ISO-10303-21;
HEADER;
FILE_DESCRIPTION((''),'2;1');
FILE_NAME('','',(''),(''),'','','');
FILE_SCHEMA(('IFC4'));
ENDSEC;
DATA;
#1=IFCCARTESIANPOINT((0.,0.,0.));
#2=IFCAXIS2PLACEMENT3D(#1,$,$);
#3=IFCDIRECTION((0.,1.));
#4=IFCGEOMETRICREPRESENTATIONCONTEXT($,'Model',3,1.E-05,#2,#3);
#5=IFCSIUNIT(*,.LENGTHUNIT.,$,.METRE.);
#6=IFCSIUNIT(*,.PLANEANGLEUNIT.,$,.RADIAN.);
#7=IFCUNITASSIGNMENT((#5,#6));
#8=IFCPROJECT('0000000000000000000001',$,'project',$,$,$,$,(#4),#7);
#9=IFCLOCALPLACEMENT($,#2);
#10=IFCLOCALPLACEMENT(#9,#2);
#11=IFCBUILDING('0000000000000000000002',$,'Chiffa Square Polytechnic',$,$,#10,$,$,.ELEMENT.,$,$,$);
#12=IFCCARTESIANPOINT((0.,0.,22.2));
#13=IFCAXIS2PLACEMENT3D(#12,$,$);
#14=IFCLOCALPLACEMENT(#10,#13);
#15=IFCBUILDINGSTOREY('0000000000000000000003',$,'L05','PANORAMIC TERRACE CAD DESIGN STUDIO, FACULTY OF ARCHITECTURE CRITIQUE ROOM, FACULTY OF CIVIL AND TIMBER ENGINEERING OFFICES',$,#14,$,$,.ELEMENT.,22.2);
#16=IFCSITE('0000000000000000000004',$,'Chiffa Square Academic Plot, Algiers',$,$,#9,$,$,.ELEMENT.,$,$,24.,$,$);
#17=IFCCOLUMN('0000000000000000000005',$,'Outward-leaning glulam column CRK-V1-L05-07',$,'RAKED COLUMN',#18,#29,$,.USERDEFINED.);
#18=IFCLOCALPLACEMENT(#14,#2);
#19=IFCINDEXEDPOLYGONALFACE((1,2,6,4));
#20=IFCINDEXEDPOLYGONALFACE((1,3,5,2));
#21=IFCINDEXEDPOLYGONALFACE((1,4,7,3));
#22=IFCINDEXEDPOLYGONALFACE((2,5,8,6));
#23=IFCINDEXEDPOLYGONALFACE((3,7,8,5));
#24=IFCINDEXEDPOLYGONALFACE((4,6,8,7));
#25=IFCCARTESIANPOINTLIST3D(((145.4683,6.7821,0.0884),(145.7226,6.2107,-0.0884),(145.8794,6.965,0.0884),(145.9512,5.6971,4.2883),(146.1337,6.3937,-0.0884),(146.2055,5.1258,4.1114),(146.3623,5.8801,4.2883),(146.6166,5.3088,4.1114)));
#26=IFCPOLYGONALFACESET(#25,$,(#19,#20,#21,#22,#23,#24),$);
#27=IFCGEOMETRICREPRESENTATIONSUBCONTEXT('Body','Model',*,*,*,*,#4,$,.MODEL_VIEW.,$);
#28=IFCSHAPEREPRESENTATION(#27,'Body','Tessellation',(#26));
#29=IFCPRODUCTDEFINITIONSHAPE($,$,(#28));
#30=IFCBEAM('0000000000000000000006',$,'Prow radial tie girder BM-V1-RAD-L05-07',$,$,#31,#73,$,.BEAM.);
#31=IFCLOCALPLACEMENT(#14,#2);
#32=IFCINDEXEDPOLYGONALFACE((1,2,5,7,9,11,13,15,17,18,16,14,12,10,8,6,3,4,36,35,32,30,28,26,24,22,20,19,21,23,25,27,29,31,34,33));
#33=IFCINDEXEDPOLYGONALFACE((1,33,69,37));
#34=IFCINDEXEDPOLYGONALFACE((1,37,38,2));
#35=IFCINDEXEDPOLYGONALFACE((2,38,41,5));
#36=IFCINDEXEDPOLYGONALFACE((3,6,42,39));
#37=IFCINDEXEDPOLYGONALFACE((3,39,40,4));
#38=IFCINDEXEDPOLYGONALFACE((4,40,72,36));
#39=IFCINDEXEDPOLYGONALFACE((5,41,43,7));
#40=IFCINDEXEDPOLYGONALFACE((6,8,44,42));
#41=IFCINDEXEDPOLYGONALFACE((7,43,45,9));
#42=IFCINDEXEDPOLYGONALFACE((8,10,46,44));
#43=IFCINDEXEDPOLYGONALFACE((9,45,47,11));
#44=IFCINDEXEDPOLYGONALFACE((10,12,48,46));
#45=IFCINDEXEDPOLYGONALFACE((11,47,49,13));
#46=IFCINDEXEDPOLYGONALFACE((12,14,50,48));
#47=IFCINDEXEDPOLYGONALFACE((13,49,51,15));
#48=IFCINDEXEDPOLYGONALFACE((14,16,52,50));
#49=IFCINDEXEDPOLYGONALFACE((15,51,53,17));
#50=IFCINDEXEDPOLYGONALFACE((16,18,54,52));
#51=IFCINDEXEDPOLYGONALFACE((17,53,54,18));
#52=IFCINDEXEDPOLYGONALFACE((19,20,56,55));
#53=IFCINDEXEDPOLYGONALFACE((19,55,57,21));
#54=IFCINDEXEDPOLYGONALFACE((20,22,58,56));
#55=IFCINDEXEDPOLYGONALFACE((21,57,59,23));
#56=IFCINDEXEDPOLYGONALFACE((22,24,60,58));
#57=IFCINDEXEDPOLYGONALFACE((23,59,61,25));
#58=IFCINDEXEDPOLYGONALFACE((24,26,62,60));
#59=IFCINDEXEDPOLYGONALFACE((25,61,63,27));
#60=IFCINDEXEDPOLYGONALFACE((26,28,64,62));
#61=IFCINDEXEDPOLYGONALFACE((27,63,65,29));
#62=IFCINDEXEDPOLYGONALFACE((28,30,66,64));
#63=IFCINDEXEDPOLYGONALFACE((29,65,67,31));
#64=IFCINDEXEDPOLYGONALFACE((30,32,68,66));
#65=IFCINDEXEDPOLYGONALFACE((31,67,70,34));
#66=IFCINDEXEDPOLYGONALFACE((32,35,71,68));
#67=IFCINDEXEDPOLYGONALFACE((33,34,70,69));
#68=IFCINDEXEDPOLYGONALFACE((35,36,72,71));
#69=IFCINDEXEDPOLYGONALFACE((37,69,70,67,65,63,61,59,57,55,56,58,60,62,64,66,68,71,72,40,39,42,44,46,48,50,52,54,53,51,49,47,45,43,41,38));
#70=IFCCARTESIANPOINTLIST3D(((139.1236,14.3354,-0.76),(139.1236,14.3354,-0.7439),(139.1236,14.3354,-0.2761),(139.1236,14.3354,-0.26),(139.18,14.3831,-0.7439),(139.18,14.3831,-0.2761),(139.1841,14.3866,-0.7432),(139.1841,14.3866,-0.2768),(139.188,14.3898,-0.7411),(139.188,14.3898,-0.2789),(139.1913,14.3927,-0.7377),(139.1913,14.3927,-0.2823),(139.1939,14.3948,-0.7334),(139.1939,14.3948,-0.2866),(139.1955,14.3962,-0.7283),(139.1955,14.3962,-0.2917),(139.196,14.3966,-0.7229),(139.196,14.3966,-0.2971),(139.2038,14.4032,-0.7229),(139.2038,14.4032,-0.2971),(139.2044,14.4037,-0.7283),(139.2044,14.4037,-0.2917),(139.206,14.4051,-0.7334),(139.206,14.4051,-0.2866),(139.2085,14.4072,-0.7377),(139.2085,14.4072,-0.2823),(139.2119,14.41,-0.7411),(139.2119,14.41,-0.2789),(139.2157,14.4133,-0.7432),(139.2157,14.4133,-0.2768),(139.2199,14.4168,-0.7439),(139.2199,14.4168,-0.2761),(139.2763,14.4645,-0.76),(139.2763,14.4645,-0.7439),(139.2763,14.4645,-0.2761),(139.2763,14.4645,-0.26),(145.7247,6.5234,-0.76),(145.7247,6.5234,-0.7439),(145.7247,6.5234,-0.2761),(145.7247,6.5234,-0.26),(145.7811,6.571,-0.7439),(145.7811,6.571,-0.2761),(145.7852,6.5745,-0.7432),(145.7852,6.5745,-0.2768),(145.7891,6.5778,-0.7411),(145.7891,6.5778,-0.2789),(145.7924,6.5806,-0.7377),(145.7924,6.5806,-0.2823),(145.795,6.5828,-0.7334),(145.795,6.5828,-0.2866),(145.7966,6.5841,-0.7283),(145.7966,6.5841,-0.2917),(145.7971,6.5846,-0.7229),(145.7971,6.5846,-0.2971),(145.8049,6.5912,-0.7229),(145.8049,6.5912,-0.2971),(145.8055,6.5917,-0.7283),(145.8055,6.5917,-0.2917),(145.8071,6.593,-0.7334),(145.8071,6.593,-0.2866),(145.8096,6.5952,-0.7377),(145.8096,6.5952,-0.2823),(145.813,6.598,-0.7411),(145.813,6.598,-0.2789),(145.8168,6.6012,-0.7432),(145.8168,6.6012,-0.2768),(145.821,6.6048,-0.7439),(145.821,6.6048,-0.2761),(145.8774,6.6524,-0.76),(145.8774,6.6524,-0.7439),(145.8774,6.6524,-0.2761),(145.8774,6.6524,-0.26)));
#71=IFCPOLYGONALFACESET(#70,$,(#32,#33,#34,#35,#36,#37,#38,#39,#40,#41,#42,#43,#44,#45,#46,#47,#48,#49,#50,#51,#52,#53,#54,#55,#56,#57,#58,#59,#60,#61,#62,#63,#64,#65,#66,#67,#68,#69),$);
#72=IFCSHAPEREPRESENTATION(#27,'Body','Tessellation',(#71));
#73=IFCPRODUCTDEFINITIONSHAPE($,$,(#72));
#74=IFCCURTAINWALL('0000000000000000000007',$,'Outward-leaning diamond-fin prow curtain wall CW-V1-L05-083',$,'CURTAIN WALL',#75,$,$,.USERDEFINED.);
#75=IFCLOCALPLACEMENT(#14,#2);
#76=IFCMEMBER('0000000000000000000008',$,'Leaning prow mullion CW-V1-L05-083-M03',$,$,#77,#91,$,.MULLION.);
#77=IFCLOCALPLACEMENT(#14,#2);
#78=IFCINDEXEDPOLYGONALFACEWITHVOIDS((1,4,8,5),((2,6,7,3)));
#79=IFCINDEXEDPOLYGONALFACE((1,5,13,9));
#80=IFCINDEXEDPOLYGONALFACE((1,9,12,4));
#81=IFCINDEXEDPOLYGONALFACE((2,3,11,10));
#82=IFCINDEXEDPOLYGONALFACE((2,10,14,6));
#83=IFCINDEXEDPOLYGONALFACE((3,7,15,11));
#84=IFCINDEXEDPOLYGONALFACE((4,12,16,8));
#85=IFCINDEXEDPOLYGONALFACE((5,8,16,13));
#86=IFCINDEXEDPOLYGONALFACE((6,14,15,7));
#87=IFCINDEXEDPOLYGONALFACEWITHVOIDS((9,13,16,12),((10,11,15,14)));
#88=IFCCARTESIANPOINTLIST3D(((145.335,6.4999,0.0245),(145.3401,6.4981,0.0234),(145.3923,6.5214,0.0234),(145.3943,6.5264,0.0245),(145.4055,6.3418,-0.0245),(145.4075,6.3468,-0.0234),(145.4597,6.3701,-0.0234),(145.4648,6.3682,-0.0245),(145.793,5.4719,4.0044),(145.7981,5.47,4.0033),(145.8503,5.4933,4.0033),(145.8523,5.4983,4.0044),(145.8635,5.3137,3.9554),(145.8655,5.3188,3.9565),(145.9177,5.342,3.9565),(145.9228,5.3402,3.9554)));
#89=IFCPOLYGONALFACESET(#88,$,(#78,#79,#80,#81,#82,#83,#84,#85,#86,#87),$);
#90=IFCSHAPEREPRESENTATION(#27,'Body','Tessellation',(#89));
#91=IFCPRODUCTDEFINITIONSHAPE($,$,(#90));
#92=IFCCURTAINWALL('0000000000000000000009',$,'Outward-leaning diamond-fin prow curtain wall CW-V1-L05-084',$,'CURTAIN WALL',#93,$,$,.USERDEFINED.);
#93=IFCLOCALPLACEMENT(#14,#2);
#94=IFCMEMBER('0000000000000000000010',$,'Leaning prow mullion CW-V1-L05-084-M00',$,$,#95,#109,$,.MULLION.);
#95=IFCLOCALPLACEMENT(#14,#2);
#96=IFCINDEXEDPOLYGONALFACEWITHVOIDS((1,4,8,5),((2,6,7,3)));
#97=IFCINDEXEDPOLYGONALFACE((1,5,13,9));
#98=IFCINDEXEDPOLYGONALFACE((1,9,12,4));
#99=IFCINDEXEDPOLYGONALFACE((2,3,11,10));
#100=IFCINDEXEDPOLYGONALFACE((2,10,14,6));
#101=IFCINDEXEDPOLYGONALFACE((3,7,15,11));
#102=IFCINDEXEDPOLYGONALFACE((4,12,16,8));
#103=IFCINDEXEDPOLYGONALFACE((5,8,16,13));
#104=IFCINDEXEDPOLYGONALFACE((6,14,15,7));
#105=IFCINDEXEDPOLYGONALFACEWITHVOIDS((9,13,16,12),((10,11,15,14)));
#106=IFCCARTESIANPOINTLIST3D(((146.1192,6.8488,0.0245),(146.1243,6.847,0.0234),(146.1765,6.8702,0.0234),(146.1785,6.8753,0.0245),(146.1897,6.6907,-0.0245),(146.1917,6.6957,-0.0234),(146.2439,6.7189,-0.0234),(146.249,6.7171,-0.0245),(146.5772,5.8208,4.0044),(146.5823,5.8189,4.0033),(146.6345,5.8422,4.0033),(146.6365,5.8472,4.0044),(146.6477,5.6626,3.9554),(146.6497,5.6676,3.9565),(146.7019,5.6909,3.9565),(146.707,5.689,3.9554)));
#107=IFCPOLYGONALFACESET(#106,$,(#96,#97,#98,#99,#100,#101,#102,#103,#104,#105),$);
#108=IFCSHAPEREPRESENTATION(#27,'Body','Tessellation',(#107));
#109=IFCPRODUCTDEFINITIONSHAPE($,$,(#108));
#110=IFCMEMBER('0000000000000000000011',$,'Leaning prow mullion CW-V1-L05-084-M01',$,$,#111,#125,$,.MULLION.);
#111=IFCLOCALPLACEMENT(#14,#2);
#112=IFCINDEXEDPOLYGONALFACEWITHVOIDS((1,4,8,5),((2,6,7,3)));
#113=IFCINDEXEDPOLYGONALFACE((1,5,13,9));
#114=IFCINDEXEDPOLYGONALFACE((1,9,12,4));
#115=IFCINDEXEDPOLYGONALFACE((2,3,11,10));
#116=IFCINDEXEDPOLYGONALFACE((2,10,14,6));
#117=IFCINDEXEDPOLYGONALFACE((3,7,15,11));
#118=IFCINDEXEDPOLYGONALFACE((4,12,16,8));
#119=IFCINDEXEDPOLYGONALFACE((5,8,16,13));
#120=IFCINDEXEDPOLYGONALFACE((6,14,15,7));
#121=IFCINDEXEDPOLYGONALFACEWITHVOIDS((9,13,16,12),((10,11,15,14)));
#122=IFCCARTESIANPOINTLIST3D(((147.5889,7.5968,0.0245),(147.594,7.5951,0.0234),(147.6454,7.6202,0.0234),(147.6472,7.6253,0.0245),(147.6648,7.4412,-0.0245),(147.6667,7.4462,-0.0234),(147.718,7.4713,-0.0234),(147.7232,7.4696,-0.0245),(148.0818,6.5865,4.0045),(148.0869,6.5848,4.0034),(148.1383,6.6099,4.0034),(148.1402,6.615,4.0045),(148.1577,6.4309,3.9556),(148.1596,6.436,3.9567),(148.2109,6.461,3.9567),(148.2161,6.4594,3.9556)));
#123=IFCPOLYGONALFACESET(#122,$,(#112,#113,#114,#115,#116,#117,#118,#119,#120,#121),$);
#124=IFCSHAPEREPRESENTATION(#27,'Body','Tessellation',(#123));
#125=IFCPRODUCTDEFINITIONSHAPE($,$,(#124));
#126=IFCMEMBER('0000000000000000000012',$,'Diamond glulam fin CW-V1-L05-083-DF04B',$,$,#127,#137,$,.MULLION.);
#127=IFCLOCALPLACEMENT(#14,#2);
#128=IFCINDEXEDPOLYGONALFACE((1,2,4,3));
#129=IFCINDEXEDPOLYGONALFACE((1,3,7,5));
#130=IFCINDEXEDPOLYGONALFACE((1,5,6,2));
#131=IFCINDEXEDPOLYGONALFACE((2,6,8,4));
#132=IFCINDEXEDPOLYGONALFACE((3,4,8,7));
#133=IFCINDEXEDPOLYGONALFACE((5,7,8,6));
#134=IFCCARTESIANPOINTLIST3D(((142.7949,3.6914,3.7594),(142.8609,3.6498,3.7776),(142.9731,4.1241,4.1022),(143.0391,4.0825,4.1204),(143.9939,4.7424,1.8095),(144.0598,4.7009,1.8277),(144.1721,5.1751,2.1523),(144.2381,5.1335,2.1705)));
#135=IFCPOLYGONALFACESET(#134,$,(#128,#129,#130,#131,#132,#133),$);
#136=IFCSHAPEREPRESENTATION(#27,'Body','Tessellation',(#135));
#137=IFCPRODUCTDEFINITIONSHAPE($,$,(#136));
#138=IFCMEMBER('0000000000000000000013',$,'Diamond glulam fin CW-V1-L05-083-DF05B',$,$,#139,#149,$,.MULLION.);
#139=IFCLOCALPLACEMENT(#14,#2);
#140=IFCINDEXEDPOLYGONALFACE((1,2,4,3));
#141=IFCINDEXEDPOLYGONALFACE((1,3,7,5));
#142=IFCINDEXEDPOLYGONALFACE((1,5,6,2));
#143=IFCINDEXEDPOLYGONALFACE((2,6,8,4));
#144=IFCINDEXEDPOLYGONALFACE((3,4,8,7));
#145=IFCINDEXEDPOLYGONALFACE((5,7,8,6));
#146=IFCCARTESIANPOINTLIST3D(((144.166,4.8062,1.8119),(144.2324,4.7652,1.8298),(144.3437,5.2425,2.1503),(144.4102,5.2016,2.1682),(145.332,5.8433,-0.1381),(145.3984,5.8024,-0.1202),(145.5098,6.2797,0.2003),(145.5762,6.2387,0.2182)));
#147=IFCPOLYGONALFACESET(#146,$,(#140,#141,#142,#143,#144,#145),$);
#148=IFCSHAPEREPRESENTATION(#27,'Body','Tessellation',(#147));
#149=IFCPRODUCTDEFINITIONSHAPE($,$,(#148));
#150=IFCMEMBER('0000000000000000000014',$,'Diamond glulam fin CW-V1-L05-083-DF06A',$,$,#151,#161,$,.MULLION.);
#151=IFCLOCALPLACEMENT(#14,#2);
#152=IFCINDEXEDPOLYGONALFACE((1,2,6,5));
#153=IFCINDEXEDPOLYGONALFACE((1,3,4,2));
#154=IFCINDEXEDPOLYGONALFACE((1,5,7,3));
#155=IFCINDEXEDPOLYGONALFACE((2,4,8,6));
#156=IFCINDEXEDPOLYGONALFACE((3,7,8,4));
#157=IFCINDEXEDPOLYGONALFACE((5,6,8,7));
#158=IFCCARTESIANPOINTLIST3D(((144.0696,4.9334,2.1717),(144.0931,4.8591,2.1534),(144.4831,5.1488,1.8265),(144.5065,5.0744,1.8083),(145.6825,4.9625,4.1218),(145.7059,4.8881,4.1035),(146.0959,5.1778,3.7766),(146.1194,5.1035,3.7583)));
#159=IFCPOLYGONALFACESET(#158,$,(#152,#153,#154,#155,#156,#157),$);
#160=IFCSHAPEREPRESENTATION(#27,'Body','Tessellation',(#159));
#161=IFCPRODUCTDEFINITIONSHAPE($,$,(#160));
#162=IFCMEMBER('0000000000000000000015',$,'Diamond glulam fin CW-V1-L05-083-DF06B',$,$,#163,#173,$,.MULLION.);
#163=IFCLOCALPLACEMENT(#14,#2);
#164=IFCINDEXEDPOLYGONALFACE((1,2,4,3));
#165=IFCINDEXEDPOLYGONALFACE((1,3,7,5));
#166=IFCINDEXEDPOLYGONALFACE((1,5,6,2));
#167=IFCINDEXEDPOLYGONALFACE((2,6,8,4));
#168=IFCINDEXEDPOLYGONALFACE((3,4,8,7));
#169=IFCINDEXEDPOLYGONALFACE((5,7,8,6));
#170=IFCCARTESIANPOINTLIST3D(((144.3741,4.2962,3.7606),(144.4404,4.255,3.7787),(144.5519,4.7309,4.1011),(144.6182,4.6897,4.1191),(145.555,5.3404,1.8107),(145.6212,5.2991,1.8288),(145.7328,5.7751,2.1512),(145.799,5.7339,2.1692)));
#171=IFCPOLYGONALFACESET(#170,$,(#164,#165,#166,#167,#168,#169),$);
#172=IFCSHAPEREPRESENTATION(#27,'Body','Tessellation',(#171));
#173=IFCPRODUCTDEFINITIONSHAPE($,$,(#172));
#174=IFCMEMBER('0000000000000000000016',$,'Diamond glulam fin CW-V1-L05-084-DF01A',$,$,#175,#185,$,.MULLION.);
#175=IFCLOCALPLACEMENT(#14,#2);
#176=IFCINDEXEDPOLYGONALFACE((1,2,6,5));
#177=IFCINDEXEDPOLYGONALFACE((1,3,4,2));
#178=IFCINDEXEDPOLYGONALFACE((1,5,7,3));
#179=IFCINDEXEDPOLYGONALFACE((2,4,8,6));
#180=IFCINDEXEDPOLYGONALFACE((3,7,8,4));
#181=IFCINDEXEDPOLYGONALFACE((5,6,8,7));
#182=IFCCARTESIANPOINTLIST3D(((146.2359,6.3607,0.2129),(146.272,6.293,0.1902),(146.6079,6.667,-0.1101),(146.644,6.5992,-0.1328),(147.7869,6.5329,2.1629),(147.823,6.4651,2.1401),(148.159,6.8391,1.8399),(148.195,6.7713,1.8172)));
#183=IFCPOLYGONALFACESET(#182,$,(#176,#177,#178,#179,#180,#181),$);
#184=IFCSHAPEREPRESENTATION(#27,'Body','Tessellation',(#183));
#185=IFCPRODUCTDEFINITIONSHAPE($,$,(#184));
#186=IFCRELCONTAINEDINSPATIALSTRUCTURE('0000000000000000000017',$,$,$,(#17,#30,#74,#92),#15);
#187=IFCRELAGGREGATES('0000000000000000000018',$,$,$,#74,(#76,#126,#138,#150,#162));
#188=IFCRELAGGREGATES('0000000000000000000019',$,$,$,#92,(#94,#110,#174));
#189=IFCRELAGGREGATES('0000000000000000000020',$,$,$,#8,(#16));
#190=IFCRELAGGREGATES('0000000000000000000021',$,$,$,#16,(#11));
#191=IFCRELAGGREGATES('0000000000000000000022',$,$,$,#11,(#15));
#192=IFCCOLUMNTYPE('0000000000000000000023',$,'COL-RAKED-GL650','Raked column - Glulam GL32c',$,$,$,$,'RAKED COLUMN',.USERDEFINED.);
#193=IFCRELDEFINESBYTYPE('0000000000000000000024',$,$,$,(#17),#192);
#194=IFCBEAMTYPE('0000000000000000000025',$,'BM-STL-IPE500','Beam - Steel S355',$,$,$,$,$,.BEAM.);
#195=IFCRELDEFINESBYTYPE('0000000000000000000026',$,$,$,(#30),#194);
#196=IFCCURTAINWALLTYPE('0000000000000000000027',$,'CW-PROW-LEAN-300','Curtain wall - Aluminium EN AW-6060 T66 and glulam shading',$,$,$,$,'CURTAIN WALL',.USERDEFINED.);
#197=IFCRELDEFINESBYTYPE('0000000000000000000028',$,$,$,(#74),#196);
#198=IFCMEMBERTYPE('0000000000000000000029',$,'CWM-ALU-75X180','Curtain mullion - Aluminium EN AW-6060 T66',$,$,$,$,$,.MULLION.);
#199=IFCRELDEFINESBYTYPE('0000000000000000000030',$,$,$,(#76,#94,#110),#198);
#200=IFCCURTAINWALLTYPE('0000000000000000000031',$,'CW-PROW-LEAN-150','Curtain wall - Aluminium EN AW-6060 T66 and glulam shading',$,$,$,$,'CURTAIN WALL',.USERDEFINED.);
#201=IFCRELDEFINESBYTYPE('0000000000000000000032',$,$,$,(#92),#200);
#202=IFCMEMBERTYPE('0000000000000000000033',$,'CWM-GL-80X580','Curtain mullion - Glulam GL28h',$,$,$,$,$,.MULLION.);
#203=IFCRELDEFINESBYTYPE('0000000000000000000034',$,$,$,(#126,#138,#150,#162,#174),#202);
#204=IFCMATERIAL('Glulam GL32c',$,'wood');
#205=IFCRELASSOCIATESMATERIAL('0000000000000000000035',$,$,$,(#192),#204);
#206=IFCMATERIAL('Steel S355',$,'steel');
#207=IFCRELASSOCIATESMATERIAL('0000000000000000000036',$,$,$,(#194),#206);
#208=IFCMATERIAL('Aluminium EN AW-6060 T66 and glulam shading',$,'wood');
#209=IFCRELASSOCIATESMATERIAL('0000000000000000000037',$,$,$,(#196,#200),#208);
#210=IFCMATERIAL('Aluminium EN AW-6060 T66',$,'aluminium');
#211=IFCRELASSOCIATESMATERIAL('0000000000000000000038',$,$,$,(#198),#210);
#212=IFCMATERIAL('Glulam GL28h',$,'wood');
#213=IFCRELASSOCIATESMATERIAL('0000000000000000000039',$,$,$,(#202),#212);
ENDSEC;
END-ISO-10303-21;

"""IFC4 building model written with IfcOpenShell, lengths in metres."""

from ifc_helpers import new_model, si_unit, direction, frame, origin, origin_2d, place, context, subcontext, project, spatial, rectangle, hollow_rectangle, i_section, extrude, material, material_profile, profile_set, type_object, element, aggregate, save


model = new_model("IFC4")

# Units and contexts
model_context = context("Model", 3, precision=1e-05, world=origin(), true_north=direction((0.0, 1.0)))
body_context = subcontext(model_context, "Body", "Model", "MODEL_VIEW")
ifc_project = project(units=[si_unit("LENGTHUNIT", "METRE"), si_unit("PLANEANGLEUNIT", "RADIAN")], contexts=[model_context])

# Site, building, storey
site_placement = place(None, origin())
site = spatial("IfcSite", under=ifc_project, at=site_placement, Name="Chiffa Square Academic Plot, Algiers", CompositionType="ELEMENT", RefElevation=24.0)
building_placement = place(site_placement, origin())
building = spatial("IfcBuilding", under=site, at=building_placement, Name="Chiffa Square Polytechnic", CompositionType="ELEMENT")
storey_placement = place(building_placement, frame((0.0, 0.0, 22.2)))
storey = spatial("IfcBuildingStorey", under=building, at=storey_placement, Name="L05", Description="PANORAMIC TERRACE CAD DESIGN STUDIO, FACULTY OF ARCHITECTURE CRITIQUE ROOM, FACULTY OF CIVIL AND TIMBER ENGINEERING OFFICES", CompositionType="ELEMENT", Elevation=22.2)

# Column
ifc_material_1 = material(Name="Glulam GL32c", Category="wood")
ifc_material_profile_1 = material_profile(ifc_material_1, rectangle(XDim=0.45, YDim=0.6499, at=origin_2d()), Name="GL32c 450x650")
ifc_profile_set_1 = profile_set([ifc_material_profile_1], Name="Glulam GL32c")
column_type = type_object("IfcColumnType", Name="COL-RAKED-GL650", Description="Raked column - Glulam GL32c", ElementType="RAKED COLUMN", PredefinedType="USERDEFINED", material=ifc_profile_set_1)
column_placement = place(storey_placement, frame((145.801, 6.5879, 0.0), z_axis=(0.110642, -0.248581, 0.962271), x_axis=(0.913591, 0.406634, 0.0)))
element("IfcColumn", 1, at=column_placement, inside=storey, type_object=column_type, Name="Outward-leaning glulam column CRK-V1-L05-07", ObjectType="RAKED COLUMN", PredefinedType="USERDEFINED", context=body_context, shape_type="SweptSolid", body=[
    extrude(rectangle(XDim=0.45, YDim=0.6499, at=origin_2d()), origin(), (0.0, 0.0, 1.0), 4.3645),
])

# Beam
ifc_material_2 = material(Name="Steel S355", Category="steel")
ifc_material_profile_2 = material_profile(ifc_material_2, i_section(OverallWidth=0.2, OverallDepth=0.5, WebThickness=0.0103, FlangeThickness=0.0161, FilletRadius=0.021, at=origin_2d()), Name="IPE 500")
ifc_profile_set_2 = profile_set([ifc_material_profile_2], Name="Steel S355")
beam_type_1 = type_object("IfcBeamType", Name="BM-STL-IPE500", Description="Beam - Steel S355", PredefinedType="BEAM", material=ifc_profile_set_2)
beam_1_placement = place(storey_placement, frame((145.801, 6.5879, -0.51), z_axis=(-0.645424, 0.763824, 0.0), x_axis=(-0.763824, -0.645424, 0.0)))
element("IfcBeam", 2, at=beam_1_placement, inside=storey, type_object=beam_type_1, Name="Prow radial tie girder BM-V1-RAD-L05-07", PredefinedType="BEAM", context=body_context, shape_type="SweptSolid", body=[
    extrude(i_section(OverallWidth=0.2, OverallDepth=0.5, WebThickness=0.0103, FlangeThickness=0.0161, FilletRadius=0.021, at=origin_2d()), origin(), (0.0, 0.0, 1.0), 10.2275),
])

# Curtain wall, member
ifc_material_3 = material(Name="Aluminium EN AW-6060 T66 and glulam shading", Category="wood")
curtain_wall_type_1 = type_object("IfcCurtainWallType", Name="CW-PROW-LEAN-300", Description="Curtain wall - Aluminium EN AW-6060 T66 and glulam shading", ElementType="CURTAIN WALL", PredefinedType="USERDEFINED", material=ifc_material_3)
curtain_wall_1_placement = place(storey_placement, origin())
curtain_wall_1 = element("IfcCurtainWall", 3, at=curtain_wall_1_placement, inside=storey, type_object=curtain_wall_type_1, Name="Outward-leaning diamond-fin prow curtain wall CW-V1-L05-083", ObjectType="CURTAIN WALL", PredefinedType="USERDEFINED")
ifc_material_4 = material(Name="Aluminium EN AW-6060 T66", Category="aluminium")
ifc_material_profile_3 = material_profile(ifc_material_4, hollow_rectangle(XDim=0.0649, YDim=0.1799, WallThickness=0.0039, at=origin_2d()), Name="ALU 65x180x4")
ifc_profile_set_3 = profile_set([ifc_material_profile_3], Name="Aluminium EN AW-6060 T66")
member_type_1 = type_object("IfcMemberType", Name="CWM-ALU-75X180", Description="Curtain mullion - Aluminium EN AW-6060 T66", PredefinedType="MULLION", material=ifc_profile_set_3)
member_1_placement = place(storey_placement, frame((145.3999, 6.4341, 0.0), z_axis=(0.110735, -0.248564, 0.962265), x_axis=(0.913453, 0.406943, 0.0)))
member_1 = element("IfcMember", 4, at=member_1_placement, type_object=member_type_1, Name="Leaning prow mullion CW-V1-L05-083-M03", PredefinedType="MULLION", context=body_context, shape_type="SweptSolid", body=[
    extrude(hollow_rectangle(XDim=0.0649, YDim=0.1799, WallThickness=0.0039, at=origin_2d()), origin(), (0.0, 0.0, 1.0), 4.136),
])

# Curtain wall, members
curtain_wall_type_2 = type_object("IfcCurtainWallType", Name="CW-PROW-LEAN-150", Description="Curtain wall - Aluminium EN AW-6060 T66 and glulam shading", ElementType="CURTAIN WALL", PredefinedType="USERDEFINED", material=ifc_material_3)
curtain_wall_2_placement = place(storey_placement, origin())
curtain_wall_2 = element("IfcCurtainWall", 5, at=curtain_wall_2_placement, inside=storey, type_object=curtain_wall_type_2, Name="Outward-leaning diamond-fin prow curtain wall CW-V1-L05-084", ObjectType="CURTAIN WALL", PredefinedType="USERDEFINED")
member_2_placement = place(storey_placement, frame((146.1841, 6.783, 0.0), z_axis=(0.110735, -0.248564, 0.962265), x_axis=(0.913453, 0.406943, 0.0)))
member_2 = element("IfcMember", 6, at=member_2_placement, type_object=member_type_1, Name="Leaning prow mullion CW-V1-L05-084-M00", PredefinedType="MULLION", context=body_context, shape_type="SweptSolid", body=[
    extrude(hollow_rectangle(XDim=0.0649, YDim=0.1799, WallThickness=0.0039, at=origin_2d()), origin(), (0.0, 0.0, 1.0), 4.136),
])
member_3_placement = place(storey_placement, frame((147.656, 7.5332, 0.0), z_axis=(0.119187, -0.244278, 0.962353), x_axis=(0.898729, 0.438505, 0.0)))
member_3 = element("IfcMember", 7, at=member_3_placement, type_object=member_type_1, Name="Leaning prow mullion CW-V1-L05-084-M01", PredefinedType="MULLION", context=body_context, shape_type="SweptSolid", body=[
    extrude(hollow_rectangle(XDim=0.0649, YDim=0.1799, WallThickness=0.0039, at=origin_2d()), origin(), (0.0, 0.0, 1.0), 4.1357),
])

# Members
ifc_material_5 = material(Name="Glulam GL28h", Category="wood")
ifc_material_profile_4 = material_profile(ifc_material_5, rectangle(XDim=0.0801, YDim=0.5801, at=origin_2d()), Name="GL28h 80x580")
ifc_profile_set_4 = profile_set([ifc_material_profile_4], Name="Glulam GL28h")
member_type_2 = type_object("IfcMemberType", Name="CWM-GL-80X580", Description="Curtain mullion - Glulam GL28h", PredefinedType="MULLION", material=ifc_profile_set_4)
member_4_placement = place(storey_placement, frame((144.116, 4.938, 1.99), z_axis=(-0.476005, -0.417267, 0.77415), x_axis=(0.824026, -0.519154, 0.226848)))
member_4 = element("IfcMember", 8, at=member_4_placement, type_object=member_type_2, Name="Diamond glulam fin CW-V1-L05-083-DF04B", PredefinedType="MULLION", context=body_context, shape_type="SweptSolid", body=[
    extrude(rectangle(XDim=0.0801, YDim=0.5801, at=origin_2d()), origin(), (0.0, 0.0, 1.0), 2.5188),
])
member_5_placement = place(storey_placement, frame((145.4541, 6.041, 0.04), z_axis=(-0.466873, -0.415259, 0.780762), x_axis=(0.829522, -0.511619, 0.223919)))
member_5 = element("IfcMember", 9, at=member_5_placement, type_object=member_type_2, Name="Diamond glulam fin CW-V1-L05-083-DF05B", PredefinedType="MULLION", context=body_context, shape_type="SweptSolid", body=[
    extrude(rectangle(XDim=0.0801, YDim=0.5801, at=origin_2d()), origin(), (0.0, 0.0, 1.0), 2.4976),
])
member_6_placement = place(storey_placement, frame((144.2881, 5.0039, 1.99), z_axis=(0.637301, 0.01148, 0.77053), x_axis=(-0.292903, 0.928456, 0.228425)))
member_6 = element("IfcMember", 10, at=member_6_placement, type_object=member_type_2, Name="Diamond glulam fin CW-V1-L05-083-DF06A", PredefinedType="MULLION", context=body_context, shape_type="SweptSolid", body=[
    extrude(rectangle(XDim=0.0801, YDim=0.5801, at=origin_2d()), origin(), (0.0, 0.0, 1.0), 2.5308),
])
member_7_placement = place(storey_placement, frame((145.677, 5.5371, 1.99), z_axis=(-0.470964, -0.416439, 0.77767), x_axis=(0.827193, -0.514775, 0.225296)))
member_7 = element("IfcMember", 11, at=member_7_placement, type_object=member_type_2, Name="Diamond glulam fin CW-V1-L05-083-DF06B", PredefinedType="MULLION", context=body_context, shape_type="SweptSolid", body=[
    extrude(rectangle(XDim=0.0801, YDim=0.5801, at=origin_2d()), origin(), (0.0, 0.0, 1.0), 2.5073),
])
aggregate(curtain_wall_1, [member_1, member_4, member_5, member_6, member_7])
member_8_placement = place(storey_placement, frame((146.4399, 6.48, 0.04), z_axis=(0.621026, 0.068916, 0.780754), x_axis=(-0.450565, 0.846476, 0.28367)))
member_8 = element("IfcMember", 12, at=member_8_placement, type_object=member_type_2, Name="Diamond glulam fin CW-V1-L05-084-DF01A", PredefinedType="MULLION", context=body_context, shape_type="SweptSolid", body=[
    extrude(rectangle(XDim=0.0801, YDim=0.5801, at=origin_2d()), origin(), (0.0, 0.0, 1.0), 2.4976),
])

aggregate(curtain_wall_2, [member_2, member_3, member_8])

save(model, "model.ifc")
